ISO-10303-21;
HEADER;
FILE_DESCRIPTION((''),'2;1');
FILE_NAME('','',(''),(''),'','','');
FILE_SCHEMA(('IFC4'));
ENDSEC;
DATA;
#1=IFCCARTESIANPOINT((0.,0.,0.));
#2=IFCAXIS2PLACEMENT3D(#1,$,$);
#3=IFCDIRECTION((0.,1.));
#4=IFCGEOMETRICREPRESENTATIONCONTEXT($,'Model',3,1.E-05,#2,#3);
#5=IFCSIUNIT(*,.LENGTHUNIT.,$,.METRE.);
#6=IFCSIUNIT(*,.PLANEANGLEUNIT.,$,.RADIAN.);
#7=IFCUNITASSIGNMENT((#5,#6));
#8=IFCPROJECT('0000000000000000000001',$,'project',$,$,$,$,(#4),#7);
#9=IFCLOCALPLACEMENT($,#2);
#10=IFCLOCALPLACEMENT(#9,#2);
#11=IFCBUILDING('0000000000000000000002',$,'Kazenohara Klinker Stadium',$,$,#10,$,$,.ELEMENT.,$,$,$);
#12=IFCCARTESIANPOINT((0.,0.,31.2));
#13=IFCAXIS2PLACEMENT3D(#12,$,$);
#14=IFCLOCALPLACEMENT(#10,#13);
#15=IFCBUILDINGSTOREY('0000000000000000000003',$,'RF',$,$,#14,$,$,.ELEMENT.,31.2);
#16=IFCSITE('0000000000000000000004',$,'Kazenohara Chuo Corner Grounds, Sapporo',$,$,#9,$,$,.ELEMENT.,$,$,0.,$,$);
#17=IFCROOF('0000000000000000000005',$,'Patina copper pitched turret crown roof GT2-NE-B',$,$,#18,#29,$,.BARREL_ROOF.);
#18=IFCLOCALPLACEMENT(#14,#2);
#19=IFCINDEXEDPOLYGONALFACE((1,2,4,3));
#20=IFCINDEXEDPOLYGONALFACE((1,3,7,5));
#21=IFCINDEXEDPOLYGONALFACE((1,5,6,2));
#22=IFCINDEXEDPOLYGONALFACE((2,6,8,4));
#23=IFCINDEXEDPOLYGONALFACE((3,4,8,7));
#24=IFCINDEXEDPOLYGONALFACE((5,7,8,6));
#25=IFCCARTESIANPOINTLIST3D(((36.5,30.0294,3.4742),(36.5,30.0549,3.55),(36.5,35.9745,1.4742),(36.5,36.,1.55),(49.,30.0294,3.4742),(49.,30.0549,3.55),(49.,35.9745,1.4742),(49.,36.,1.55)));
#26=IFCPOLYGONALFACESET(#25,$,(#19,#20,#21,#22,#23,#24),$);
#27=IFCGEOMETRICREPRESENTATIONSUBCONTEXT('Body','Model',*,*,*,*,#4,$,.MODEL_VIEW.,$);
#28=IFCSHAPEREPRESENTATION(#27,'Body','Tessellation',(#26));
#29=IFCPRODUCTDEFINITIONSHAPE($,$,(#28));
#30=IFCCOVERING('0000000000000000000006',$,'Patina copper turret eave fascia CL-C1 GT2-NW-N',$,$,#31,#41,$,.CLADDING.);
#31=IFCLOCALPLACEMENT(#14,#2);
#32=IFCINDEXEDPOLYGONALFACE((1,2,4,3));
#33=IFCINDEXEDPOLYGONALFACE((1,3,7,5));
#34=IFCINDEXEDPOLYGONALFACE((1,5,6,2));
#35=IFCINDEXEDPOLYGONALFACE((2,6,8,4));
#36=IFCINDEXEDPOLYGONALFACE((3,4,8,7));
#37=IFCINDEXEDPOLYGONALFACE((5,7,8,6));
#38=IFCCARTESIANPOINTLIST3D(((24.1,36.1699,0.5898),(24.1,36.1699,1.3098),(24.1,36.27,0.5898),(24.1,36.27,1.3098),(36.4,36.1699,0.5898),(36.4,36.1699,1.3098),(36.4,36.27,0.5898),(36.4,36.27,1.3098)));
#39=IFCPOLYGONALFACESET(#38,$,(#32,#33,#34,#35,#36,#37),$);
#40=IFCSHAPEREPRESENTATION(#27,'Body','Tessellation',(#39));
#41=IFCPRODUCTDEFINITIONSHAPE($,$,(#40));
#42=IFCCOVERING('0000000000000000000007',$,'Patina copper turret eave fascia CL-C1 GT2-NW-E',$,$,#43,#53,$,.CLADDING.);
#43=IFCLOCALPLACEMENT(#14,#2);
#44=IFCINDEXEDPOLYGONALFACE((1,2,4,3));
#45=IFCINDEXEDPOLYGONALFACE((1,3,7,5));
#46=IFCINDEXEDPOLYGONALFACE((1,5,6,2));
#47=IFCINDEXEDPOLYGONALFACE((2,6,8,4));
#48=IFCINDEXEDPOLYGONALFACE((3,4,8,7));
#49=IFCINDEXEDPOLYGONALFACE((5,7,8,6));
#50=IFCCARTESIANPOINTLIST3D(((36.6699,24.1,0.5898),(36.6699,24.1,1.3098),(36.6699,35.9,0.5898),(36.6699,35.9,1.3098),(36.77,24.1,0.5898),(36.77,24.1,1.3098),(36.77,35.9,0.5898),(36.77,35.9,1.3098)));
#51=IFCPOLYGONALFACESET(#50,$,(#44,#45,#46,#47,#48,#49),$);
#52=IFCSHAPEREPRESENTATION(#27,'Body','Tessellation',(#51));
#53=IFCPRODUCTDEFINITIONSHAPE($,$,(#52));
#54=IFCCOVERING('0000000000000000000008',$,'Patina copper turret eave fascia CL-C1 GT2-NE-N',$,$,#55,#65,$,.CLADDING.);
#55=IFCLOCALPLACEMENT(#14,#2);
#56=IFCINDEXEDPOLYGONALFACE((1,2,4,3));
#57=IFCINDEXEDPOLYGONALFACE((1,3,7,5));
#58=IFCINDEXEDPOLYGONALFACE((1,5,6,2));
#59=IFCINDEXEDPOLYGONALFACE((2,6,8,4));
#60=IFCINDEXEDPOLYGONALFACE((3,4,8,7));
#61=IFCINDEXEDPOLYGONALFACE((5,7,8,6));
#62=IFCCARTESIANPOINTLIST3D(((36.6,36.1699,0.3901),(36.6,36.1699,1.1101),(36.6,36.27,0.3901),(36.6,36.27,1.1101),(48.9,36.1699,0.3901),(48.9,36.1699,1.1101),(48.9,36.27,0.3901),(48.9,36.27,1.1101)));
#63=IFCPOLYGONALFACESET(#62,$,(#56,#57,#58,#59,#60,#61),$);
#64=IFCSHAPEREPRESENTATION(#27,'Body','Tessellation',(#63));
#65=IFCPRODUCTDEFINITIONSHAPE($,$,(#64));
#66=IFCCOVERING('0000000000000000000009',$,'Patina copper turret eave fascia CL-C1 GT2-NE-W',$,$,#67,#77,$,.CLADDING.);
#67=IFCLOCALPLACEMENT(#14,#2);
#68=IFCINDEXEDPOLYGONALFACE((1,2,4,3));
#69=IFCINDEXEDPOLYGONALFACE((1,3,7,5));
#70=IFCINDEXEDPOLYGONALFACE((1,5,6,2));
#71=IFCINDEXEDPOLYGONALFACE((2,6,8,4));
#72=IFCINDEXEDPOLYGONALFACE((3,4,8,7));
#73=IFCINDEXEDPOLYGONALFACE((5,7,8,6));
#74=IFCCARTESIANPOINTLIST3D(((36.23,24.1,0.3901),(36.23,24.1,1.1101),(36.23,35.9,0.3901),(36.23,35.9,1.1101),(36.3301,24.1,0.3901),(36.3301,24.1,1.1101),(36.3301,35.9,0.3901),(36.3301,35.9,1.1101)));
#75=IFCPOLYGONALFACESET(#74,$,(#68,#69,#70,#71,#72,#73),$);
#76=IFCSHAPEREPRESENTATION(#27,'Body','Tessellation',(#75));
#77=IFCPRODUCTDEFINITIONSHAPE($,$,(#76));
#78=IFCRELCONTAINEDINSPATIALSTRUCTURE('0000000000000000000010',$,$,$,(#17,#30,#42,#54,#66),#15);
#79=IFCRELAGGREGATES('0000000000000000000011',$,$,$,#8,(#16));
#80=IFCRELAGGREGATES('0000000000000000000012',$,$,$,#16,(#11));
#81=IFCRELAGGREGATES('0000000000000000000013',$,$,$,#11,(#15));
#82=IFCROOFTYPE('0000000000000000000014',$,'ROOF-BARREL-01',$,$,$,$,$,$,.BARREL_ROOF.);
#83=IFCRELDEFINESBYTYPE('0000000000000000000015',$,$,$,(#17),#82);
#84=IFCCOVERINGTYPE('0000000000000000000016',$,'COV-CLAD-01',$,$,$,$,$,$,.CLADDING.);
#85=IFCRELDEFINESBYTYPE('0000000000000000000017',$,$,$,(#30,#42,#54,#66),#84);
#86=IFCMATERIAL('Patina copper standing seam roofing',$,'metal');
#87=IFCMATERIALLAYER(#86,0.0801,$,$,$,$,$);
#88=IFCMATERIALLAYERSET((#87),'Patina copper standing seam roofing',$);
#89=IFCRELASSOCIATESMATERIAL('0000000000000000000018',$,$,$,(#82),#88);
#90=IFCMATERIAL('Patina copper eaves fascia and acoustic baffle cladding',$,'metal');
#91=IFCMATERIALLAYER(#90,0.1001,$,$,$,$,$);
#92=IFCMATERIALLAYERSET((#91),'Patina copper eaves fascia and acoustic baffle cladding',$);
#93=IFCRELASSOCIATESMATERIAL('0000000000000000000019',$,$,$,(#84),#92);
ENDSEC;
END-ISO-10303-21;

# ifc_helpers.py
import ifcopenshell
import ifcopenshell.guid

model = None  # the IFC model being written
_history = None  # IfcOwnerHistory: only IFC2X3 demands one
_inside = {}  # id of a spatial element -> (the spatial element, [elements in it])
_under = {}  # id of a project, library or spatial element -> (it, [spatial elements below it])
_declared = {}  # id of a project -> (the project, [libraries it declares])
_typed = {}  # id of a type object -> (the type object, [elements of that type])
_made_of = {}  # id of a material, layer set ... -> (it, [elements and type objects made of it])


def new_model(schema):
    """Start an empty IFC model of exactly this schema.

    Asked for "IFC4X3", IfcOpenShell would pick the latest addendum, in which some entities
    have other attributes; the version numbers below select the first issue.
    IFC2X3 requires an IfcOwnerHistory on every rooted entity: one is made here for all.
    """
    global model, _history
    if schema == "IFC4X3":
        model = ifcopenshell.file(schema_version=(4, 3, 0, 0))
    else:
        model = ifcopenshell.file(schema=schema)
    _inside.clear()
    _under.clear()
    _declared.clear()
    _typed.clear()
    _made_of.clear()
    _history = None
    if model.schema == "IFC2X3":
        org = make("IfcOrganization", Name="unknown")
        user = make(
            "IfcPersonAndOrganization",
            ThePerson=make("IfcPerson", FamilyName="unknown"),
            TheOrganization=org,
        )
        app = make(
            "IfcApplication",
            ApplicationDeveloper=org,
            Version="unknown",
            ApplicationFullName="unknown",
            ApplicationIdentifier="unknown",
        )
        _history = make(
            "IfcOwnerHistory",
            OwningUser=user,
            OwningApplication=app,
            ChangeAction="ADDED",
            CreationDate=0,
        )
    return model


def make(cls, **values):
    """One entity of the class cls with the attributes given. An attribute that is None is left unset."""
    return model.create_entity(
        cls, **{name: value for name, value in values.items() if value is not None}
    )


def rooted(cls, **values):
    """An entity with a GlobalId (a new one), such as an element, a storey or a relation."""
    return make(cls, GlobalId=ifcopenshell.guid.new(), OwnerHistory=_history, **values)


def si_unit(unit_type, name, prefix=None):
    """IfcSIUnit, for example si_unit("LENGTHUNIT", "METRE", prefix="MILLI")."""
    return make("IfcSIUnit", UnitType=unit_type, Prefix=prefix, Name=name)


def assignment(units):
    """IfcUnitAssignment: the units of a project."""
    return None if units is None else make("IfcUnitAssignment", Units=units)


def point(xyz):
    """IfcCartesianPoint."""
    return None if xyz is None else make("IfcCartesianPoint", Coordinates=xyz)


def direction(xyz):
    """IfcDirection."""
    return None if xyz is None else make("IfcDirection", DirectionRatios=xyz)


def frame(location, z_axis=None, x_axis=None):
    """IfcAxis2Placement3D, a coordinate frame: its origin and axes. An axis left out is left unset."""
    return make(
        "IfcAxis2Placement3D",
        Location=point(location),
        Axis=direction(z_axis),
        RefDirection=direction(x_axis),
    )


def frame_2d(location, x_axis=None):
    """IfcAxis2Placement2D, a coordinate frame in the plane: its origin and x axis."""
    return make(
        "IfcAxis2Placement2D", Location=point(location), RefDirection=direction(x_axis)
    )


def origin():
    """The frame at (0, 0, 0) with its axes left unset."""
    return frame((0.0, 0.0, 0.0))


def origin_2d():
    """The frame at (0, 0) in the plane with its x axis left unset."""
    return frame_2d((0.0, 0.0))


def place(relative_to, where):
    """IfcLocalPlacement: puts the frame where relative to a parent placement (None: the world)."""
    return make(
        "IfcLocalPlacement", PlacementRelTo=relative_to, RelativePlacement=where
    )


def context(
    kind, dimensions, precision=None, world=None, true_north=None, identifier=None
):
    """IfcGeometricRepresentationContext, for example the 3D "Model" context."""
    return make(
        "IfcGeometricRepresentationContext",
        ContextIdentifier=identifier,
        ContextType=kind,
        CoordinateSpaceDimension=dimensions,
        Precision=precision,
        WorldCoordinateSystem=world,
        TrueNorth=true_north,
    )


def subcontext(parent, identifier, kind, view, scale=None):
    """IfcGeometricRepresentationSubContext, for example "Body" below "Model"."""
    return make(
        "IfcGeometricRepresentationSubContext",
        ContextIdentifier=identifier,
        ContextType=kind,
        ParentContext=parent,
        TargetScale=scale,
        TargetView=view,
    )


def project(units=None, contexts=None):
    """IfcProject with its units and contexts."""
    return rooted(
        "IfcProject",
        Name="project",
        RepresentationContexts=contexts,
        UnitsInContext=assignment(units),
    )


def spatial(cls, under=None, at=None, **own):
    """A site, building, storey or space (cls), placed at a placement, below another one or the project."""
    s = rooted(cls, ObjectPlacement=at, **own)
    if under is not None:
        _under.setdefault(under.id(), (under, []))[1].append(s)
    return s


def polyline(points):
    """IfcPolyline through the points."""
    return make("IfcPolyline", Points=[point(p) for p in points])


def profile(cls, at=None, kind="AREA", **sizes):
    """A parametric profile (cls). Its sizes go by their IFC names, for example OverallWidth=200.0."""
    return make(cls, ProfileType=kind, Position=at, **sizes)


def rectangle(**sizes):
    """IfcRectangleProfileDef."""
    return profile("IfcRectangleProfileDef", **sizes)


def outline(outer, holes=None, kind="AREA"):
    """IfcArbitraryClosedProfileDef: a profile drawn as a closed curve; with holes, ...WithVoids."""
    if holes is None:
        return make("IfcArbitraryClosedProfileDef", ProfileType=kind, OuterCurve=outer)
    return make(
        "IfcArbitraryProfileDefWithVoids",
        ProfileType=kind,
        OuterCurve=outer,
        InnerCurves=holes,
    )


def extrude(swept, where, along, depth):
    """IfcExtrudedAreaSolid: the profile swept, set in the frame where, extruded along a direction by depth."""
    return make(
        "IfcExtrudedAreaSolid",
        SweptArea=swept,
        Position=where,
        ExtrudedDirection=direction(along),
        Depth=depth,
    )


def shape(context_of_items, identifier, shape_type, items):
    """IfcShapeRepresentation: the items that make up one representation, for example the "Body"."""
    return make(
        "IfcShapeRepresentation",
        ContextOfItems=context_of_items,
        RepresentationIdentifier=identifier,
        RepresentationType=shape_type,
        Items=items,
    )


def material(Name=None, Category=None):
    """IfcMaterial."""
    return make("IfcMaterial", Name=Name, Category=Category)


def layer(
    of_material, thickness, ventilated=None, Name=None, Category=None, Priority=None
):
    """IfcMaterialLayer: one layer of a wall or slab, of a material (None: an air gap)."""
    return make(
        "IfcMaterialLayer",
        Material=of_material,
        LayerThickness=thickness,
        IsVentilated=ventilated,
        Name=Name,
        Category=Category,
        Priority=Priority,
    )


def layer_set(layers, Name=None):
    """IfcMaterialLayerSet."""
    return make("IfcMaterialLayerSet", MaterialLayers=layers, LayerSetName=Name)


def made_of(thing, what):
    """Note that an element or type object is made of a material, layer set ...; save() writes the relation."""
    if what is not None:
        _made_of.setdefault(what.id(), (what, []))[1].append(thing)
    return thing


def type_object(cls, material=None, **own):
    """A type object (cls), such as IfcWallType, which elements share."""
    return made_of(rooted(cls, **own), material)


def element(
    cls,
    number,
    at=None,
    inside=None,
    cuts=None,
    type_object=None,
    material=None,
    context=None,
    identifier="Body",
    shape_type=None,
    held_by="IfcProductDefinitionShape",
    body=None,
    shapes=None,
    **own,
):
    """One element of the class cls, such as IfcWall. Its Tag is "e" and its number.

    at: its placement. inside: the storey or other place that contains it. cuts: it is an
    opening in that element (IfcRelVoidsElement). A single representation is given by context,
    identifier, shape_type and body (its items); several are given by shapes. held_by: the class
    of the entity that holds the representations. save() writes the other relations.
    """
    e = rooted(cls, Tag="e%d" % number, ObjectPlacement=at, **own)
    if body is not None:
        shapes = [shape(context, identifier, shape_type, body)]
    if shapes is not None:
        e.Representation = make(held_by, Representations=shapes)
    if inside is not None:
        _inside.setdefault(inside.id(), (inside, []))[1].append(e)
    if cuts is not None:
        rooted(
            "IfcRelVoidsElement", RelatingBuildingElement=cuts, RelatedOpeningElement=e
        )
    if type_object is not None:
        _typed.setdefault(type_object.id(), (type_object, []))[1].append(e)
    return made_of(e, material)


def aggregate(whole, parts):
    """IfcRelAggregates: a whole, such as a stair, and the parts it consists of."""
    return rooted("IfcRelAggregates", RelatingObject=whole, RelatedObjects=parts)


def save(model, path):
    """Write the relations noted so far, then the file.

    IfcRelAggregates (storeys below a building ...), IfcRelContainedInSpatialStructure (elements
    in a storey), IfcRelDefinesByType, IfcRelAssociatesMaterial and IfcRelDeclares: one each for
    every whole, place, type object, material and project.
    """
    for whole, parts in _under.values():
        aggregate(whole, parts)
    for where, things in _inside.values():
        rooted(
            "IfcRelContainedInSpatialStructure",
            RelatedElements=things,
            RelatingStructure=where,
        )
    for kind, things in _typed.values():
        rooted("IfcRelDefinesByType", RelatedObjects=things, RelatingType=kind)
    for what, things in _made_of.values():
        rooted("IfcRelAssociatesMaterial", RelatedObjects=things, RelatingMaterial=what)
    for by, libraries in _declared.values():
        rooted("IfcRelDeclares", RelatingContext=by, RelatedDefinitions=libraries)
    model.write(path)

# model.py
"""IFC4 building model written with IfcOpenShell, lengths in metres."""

from ifc_helpers import new_model, si_unit, direction, frame, origin, origin_2d, place, context, subcontext, project, spatial, polyline, rectangle, outline, extrude, material, layer, layer_set, type_object, element, save


model = new_model("IFC4")

# Units and contexts
model_context = context("Model", 3, precision=1e-05, world=origin(), true_north=direction((0.0, 1.0)))
body_context = subcontext(model_context, "Body", "Model", "MODEL_VIEW")
ifc_project = project(units=[si_unit("LENGTHUNIT", "METRE"), si_unit("PLANEANGLEUNIT", "RADIAN")], contexts=[model_context])

# Site, building, storey
site_placement = place(None, origin())
site = spatial("IfcSite", under=ifc_project, at=site_placement, Name="Kazenohara Chuo Corner Grounds, Sapporo", CompositionType="ELEMENT", RefElevation=0.0)
building_placement = place(site_placement, origin())
building = spatial("IfcBuilding", under=site, at=building_placement, Name="Kazenohara Klinker Stadium", CompositionType="ELEMENT")
storey_placement = place(building_placement, frame((0.0, 0.0, 31.2)))
storey = spatial("IfcBuildingStorey", under=building, at=storey_placement, Name="RF", CompositionType="ELEMENT", Elevation=31.2)

# Roof
ifc_material_1 = material(Name="Patina copper standing seam roofing", Category="metal")
ifc_layer_1 = layer(ifc_material_1, 0.0801)
ifc_layer_set_1 = layer_set([ifc_layer_1], Name="Patina copper standing seam roofing")
roof_type = type_object("IfcRoofType", Name="ROOF-BARREL-01", PredefinedType="BARREL_ROOF", material=ifc_layer_set_1)
roof_placement = place(storey_placement, frame((36.5, 30.0549, 3.55), z_axis=(0.0, 0.318854, 0.947804), x_axis=(1.0, 0.0, 0.0)))
element("IfcRoof", 1, at=roof_placement, inside=storey, type_object=roof_type, Name="Patina copper pitched turret crown roof GT2-NE-B", PredefinedType="BARREL_ROOF", context=body_context, shape_type="SweptSolid", body=[
    extrude(outline(polyline([(0.0, 0.0), (12.5, 0.0), (12.5, 6.2725), (0.0, 6.2725), (0.0, 0.0)])), origin(), (0.0, 0.0, -1.0), 0.0801),
])

# Coverings
ifc_material_2 = material(Name="Patina copper eaves fascia and acoustic baffle cladding", Category="metal")
ifc_layer_2 = layer(ifc_material_2, 0.1001)
ifc_layer_set_2 = layer_set([ifc_layer_2], Name="Patina copper eaves fascia and acoustic baffle cladding")
covering_type = type_object("IfcCoveringType", Name="COV-CLAD-01", PredefinedType="CLADDING", material=ifc_layer_set_2)
covering_1_placement = place(storey_placement, frame((30.25, 36.22, 0.5898), z_axis=(0.0, 0.0, 1.0), x_axis=(1.0, 0.0, 0.0)))
element("IfcCovering", 2, at=covering_1_placement, inside=storey, type_object=covering_type, Name="Patina copper turret eave fascia CL-C1 GT2-NW-N", PredefinedType="CLADDING", context=body_context, shape_type="SweptSolid", body=[
    extrude(rectangle(XDim=12.3, YDim=0.1001, at=origin_2d()), origin(), (0.0, 0.0, 1.0), 0.72),
])
covering_2_placement = place(storey_placement, frame((36.72, 30.0, 0.5898), z_axis=(0.0, 0.0, 1.0), x_axis=(1.0, 0.0, 0.0)))
element("IfcCovering", 3, at=covering_2_placement, inside=storey, type_object=covering_type, Name="Patina copper turret eave fascia CL-C1 GT2-NW-E", PredefinedType="CLADDING", context=body_context, shape_type="SweptSolid", body=[
    extrude(rectangle(XDim=0.1001, YDim=11.8, at=origin_2d()), origin(), (0.0, 0.0, 1.0), 0.72),
])
covering_3_placement = place(storey_placement, frame((42.75, 36.22, 0.3901), z_axis=(0.0, 0.0, 1.0), x_axis=(1.0, 0.0, 0.0)))
element("IfcCovering", 4, at=covering_3_placement, inside=storey, type_object=covering_type, Name="Patina copper turret eave fascia CL-C1 GT2-NE-N", PredefinedType="CLADDING", context=body_context, shape_type="SweptSolid", body=[
    extrude(rectangle(XDim=12.3, YDim=0.1001, at=origin_2d()), origin(), (0.0, 0.0, 1.0), 0.72),
])
covering_4_placement = place(storey_placement, frame((36.28, 30.0, 0.3901), z_axis=(0.0, 0.0, 1.0), x_axis=(1.0, 0.0, 0.0)))
element("IfcCovering", 5, at=covering_4_placement, inside=storey, type_object=covering_type, Name="Patina copper turret eave fascia CL-C1 GT2-NE-W", PredefinedType="CLADDING", context=body_context, shape_type="SweptSolid", body=[
    extrude(rectangle(XDim=0.1001, YDim=11.8, at=origin_2d()), origin(), (0.0, 0.0, 1.0), 0.72),
])

save(model, "model.ifc")
